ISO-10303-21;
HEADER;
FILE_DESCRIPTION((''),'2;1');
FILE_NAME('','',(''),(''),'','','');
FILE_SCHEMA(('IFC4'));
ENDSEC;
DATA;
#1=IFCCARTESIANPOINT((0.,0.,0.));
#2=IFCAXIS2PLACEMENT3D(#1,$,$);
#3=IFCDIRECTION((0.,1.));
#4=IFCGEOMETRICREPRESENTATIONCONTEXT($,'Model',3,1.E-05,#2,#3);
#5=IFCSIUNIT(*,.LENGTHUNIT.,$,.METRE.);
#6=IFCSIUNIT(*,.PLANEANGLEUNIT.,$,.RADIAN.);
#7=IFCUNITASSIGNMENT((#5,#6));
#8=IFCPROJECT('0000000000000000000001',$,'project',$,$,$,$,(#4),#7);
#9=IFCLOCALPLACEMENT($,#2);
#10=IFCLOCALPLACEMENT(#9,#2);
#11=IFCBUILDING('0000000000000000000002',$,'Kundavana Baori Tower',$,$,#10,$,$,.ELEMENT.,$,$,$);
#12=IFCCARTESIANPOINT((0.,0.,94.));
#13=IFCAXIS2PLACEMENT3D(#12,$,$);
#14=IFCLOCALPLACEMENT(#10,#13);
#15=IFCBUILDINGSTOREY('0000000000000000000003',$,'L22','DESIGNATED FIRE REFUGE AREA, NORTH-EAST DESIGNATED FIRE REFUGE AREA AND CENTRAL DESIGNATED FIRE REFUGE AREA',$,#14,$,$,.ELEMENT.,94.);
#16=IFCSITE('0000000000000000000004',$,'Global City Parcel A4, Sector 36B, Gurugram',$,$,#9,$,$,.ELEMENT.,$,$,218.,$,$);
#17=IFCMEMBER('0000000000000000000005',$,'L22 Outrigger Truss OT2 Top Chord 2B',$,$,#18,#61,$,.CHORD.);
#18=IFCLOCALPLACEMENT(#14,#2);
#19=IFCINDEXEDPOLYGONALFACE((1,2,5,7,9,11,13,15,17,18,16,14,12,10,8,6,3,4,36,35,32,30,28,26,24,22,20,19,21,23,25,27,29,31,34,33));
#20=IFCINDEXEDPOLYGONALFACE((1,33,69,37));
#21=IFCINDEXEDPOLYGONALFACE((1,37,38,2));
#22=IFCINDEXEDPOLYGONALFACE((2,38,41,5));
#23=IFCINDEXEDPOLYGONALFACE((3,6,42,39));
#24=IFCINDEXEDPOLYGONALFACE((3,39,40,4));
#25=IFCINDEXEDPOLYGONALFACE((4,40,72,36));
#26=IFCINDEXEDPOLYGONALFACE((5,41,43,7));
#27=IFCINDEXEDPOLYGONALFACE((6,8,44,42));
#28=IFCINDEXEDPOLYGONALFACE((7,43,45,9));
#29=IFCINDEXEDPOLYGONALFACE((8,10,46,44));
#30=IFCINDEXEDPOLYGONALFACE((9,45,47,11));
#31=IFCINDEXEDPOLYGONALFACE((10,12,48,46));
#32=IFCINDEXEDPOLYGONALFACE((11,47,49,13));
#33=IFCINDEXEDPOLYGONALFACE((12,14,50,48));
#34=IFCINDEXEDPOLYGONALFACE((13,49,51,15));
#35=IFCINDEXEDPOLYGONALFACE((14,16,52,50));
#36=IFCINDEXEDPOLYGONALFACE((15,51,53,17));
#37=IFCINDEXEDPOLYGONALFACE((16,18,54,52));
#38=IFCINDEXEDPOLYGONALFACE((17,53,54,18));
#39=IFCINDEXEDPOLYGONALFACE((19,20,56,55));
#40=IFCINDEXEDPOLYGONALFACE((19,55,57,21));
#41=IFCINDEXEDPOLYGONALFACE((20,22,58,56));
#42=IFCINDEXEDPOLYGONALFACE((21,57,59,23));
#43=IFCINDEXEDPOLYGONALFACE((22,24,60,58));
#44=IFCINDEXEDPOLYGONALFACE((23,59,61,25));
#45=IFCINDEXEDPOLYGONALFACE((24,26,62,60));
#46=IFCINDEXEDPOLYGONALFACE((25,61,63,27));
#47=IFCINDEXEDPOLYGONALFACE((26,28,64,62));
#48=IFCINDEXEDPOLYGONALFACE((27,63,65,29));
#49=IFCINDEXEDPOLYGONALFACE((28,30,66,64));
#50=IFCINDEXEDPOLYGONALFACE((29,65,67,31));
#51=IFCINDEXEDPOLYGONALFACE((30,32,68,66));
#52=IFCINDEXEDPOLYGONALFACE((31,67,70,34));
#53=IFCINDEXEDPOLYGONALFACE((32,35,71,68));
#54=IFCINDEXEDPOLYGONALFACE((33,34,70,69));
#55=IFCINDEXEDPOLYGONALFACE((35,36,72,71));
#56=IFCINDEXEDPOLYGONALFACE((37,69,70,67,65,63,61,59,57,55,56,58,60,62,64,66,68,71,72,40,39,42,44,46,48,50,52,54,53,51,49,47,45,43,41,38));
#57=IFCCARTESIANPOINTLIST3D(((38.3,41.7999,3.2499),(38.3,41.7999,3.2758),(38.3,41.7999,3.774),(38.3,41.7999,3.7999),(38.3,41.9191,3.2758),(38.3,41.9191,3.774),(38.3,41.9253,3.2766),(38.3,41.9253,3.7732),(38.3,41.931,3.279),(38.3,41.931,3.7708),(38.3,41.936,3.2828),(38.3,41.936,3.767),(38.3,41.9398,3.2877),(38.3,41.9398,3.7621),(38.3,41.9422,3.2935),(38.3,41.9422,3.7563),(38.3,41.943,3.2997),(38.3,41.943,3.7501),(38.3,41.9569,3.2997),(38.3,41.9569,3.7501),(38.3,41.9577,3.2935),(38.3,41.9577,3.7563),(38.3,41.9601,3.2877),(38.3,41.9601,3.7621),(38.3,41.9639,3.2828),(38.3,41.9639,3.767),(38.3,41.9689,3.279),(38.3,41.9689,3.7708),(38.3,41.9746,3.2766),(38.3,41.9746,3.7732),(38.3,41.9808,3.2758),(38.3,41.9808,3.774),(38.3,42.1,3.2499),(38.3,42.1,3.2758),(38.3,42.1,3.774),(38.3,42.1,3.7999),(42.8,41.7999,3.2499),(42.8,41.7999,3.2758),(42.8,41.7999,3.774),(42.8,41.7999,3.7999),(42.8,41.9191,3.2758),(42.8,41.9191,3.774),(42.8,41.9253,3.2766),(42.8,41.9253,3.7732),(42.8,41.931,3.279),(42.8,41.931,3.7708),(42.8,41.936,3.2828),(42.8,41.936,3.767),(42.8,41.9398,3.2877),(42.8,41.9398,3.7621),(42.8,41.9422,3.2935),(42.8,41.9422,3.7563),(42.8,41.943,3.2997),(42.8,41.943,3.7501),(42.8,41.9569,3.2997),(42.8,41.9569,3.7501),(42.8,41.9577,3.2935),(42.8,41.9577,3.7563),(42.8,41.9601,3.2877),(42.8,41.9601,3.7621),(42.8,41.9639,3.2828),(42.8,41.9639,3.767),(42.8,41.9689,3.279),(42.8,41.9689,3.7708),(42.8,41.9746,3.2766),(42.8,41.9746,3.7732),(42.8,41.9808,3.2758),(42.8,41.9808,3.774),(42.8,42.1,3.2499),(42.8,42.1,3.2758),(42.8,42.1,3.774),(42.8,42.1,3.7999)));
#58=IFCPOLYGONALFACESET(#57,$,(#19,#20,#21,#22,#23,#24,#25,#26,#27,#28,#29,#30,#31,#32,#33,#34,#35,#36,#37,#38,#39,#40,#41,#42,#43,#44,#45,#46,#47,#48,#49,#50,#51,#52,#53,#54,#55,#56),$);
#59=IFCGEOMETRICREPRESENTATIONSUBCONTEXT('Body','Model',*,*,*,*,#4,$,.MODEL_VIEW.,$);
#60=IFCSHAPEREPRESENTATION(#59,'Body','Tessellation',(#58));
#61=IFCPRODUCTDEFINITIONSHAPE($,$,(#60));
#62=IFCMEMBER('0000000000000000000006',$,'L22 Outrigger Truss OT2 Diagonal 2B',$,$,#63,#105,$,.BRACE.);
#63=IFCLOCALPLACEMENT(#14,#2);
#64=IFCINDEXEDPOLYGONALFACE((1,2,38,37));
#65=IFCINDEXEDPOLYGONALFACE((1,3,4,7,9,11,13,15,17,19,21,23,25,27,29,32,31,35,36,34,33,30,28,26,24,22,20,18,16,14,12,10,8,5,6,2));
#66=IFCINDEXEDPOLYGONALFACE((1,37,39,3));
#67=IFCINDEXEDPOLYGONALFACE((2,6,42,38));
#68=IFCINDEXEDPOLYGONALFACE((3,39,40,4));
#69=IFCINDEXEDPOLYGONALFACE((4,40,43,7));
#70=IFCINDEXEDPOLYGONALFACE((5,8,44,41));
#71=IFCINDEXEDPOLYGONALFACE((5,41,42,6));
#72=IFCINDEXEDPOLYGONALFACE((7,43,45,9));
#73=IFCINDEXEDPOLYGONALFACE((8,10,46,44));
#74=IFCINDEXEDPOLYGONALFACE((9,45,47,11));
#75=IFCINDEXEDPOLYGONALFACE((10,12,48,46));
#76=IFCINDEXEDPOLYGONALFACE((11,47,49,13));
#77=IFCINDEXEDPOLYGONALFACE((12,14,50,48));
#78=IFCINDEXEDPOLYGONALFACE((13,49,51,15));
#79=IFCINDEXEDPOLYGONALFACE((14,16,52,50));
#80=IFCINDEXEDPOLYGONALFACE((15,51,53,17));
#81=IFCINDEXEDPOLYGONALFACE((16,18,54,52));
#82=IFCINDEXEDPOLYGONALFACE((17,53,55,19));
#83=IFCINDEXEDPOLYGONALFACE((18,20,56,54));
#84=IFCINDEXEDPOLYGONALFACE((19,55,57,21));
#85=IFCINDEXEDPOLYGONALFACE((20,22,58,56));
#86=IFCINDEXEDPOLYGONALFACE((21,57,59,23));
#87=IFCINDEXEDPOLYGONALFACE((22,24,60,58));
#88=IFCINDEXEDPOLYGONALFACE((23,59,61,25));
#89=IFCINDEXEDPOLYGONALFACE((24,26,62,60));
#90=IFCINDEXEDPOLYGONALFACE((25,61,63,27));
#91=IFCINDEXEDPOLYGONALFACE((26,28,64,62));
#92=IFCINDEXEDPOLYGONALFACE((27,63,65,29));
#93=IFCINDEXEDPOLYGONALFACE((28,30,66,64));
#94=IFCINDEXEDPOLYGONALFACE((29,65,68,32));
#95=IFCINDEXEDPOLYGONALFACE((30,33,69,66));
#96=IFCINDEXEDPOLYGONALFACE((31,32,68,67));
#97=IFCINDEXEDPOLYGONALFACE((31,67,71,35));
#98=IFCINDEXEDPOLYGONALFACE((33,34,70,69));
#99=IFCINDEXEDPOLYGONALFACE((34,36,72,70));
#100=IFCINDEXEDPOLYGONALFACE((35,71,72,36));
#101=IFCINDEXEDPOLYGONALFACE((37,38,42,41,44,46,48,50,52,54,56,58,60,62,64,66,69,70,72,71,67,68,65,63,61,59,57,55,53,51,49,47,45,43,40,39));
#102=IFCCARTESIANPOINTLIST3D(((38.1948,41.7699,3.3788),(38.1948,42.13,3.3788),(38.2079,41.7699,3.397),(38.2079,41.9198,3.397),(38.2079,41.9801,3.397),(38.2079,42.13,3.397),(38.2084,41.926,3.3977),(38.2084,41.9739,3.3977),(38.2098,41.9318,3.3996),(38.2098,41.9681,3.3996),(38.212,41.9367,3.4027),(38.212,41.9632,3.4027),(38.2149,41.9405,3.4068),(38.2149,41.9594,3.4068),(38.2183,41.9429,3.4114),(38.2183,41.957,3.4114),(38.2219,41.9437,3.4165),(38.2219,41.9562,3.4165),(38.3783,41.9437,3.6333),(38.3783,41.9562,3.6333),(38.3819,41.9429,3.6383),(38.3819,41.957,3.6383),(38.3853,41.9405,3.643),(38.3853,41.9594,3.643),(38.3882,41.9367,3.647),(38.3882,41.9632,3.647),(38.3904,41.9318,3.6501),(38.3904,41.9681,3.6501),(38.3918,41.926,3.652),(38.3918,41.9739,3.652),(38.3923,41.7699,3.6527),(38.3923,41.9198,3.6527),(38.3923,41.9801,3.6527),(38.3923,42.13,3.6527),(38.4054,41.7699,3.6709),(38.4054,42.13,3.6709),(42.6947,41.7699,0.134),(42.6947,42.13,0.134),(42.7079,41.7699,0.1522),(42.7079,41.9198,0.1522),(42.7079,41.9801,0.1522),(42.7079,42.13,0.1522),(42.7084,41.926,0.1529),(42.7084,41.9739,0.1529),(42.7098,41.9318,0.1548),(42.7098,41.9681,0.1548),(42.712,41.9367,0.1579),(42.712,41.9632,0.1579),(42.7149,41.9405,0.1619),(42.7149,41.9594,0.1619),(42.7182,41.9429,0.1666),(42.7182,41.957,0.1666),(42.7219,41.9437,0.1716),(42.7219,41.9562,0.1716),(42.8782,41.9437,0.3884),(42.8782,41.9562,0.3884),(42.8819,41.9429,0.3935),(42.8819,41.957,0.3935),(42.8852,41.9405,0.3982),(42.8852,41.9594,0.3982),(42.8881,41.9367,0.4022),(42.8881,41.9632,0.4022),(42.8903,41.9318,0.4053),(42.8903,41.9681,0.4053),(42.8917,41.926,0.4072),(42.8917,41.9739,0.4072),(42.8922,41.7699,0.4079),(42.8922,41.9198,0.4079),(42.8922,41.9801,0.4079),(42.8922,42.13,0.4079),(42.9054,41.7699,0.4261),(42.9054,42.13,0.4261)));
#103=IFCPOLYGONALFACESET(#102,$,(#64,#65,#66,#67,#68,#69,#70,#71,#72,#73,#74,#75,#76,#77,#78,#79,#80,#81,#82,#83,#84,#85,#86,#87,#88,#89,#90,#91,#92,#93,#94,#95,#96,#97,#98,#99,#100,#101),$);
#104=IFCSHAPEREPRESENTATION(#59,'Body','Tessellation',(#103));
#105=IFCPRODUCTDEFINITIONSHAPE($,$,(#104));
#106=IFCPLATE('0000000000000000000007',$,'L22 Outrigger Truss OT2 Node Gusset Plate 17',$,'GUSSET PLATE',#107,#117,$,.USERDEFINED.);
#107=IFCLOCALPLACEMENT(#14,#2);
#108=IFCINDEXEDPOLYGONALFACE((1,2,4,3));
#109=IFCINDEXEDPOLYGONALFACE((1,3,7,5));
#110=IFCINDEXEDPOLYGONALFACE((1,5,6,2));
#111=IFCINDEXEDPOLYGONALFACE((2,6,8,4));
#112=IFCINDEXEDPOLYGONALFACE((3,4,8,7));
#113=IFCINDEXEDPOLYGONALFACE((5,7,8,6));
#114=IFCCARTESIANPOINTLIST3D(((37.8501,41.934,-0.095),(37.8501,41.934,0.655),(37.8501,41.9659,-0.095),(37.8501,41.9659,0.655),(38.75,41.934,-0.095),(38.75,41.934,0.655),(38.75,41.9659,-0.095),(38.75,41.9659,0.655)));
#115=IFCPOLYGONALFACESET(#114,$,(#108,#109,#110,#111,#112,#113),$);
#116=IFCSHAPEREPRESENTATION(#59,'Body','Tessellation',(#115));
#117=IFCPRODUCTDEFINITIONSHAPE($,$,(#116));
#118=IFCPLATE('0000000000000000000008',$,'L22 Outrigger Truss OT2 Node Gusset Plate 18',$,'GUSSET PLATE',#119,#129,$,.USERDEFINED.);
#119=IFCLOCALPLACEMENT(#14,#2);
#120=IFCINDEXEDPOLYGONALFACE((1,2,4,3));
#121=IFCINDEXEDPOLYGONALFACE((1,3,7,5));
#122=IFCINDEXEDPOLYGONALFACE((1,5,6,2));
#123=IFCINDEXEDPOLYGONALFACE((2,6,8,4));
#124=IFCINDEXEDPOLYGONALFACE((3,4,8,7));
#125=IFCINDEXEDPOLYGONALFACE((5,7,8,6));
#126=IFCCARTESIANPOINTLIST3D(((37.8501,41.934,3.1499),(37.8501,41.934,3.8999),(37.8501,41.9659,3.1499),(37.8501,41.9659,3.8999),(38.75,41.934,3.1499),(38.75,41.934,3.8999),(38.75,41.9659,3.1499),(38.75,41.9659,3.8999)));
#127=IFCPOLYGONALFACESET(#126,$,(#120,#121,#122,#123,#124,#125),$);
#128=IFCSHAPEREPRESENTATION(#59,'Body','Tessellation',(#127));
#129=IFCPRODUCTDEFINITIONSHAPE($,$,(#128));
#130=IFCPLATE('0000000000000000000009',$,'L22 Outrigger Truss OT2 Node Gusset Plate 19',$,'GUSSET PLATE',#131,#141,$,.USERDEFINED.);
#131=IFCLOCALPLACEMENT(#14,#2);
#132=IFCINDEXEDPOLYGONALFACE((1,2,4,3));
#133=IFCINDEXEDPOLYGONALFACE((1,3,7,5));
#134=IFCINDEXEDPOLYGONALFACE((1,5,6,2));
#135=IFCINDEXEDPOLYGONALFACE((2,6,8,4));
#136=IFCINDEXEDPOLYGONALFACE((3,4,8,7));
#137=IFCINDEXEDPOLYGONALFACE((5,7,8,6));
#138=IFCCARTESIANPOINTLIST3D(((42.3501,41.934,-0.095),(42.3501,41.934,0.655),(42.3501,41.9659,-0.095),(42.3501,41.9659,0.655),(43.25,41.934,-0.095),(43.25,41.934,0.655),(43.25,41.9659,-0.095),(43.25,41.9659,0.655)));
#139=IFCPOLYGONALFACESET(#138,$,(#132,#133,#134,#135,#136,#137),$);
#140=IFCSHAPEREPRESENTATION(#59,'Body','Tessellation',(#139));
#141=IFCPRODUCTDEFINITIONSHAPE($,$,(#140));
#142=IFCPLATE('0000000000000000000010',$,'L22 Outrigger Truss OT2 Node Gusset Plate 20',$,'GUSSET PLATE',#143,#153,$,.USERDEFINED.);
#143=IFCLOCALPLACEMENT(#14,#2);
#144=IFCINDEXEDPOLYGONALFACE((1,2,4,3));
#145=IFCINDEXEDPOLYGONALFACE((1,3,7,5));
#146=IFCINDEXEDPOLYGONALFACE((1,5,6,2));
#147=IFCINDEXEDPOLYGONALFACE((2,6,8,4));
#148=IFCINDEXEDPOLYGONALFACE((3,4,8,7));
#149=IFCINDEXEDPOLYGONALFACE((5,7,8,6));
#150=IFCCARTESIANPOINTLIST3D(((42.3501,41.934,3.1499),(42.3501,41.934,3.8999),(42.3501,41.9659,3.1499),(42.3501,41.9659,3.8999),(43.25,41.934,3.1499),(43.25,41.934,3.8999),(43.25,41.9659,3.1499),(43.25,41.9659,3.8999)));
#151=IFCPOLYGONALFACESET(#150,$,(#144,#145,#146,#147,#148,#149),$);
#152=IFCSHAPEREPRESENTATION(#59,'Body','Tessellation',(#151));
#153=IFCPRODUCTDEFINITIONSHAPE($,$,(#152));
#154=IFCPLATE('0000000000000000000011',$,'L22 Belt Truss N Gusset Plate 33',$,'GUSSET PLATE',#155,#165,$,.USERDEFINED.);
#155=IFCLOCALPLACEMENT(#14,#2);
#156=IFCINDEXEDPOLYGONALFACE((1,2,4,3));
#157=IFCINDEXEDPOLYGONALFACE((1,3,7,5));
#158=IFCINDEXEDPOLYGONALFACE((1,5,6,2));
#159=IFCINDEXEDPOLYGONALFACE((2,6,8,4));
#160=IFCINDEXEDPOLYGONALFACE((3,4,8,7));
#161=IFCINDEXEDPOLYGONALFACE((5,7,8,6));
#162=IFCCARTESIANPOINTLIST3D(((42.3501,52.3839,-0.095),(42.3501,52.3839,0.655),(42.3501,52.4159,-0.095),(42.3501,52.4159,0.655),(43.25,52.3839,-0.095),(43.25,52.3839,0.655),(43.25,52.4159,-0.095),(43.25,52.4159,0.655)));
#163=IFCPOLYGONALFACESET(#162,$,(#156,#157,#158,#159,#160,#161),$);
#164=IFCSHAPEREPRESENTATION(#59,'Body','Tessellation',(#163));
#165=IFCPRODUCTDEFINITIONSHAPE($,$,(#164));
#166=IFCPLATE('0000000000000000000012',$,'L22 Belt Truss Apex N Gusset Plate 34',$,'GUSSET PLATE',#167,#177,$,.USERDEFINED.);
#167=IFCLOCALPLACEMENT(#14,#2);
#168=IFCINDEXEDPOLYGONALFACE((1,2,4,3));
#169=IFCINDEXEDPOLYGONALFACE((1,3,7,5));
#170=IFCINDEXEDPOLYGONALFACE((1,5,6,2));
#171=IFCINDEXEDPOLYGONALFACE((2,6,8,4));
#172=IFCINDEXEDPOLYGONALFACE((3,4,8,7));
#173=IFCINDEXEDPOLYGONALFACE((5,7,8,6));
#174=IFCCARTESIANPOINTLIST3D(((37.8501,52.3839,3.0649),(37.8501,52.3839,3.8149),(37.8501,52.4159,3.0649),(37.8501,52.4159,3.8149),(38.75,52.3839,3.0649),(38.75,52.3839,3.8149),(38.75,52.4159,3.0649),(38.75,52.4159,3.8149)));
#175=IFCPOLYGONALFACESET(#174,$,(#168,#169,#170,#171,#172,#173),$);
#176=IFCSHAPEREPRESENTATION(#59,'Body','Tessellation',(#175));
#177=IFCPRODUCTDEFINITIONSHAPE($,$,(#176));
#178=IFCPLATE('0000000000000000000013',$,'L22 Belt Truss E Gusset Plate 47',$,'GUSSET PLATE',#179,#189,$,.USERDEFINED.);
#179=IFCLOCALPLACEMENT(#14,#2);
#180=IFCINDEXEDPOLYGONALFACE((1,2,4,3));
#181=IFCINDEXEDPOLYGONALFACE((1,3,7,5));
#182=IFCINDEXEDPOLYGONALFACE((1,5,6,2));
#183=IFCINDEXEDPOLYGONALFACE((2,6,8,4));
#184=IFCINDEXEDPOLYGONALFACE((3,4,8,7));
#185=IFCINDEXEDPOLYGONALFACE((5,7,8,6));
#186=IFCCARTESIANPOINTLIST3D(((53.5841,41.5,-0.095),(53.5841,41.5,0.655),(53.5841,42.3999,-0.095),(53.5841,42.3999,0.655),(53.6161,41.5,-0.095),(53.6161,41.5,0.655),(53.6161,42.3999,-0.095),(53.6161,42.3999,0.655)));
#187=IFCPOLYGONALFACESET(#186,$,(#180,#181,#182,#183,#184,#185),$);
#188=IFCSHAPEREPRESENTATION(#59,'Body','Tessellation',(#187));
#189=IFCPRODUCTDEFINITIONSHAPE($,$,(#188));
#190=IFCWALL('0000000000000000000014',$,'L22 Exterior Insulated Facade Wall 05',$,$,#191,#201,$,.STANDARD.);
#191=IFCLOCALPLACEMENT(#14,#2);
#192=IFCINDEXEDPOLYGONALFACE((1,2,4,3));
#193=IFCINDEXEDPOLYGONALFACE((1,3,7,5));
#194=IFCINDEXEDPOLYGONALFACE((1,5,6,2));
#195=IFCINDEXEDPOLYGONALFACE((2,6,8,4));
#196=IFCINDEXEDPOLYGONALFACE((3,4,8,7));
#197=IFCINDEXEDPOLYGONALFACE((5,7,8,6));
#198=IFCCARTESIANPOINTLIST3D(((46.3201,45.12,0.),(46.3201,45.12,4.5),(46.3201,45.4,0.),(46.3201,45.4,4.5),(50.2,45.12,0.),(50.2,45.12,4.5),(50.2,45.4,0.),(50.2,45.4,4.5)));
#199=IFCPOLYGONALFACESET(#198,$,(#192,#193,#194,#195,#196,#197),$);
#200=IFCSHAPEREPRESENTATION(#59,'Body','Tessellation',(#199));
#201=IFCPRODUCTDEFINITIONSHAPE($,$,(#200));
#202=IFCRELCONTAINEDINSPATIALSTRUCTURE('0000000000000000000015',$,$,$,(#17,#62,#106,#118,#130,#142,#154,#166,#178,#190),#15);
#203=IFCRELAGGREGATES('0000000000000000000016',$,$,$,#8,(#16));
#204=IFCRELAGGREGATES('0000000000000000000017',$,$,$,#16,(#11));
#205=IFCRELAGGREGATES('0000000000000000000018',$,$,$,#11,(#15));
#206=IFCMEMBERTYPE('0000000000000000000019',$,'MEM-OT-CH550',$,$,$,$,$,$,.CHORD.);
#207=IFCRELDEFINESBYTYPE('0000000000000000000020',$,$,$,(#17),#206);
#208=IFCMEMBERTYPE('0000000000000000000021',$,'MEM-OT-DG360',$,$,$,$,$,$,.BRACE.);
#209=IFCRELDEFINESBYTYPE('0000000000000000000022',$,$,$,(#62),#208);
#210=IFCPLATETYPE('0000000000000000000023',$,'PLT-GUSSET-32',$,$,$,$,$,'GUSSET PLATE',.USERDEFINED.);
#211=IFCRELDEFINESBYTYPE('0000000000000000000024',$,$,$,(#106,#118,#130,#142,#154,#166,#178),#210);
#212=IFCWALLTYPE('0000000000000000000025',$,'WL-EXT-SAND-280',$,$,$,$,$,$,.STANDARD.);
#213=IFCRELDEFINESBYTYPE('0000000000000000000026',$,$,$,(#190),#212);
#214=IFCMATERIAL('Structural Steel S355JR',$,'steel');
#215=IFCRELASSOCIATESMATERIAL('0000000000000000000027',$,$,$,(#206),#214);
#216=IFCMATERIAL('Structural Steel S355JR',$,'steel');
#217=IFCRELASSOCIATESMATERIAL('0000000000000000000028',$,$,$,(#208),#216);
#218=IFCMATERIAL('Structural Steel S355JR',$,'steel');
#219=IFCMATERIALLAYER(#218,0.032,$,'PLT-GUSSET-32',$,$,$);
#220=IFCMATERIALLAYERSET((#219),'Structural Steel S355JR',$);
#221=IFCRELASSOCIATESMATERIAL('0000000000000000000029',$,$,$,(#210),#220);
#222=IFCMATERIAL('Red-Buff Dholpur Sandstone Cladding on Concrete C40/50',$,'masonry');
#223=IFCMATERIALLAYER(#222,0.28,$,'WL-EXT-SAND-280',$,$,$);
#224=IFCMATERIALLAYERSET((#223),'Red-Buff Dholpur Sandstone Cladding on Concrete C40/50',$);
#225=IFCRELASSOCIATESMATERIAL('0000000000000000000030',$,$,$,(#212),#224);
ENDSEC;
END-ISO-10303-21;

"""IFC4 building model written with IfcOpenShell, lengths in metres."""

from ifc_helpers import new_model, si_unit, direction, frame, frame_2d, origin, origin_2d, place, context, subcontext, project, spatial, rectangle, i_section, extrude, material, layer, layer_set, material_profile, profile_set, type_object, element, save


model = new_model("IFC4")

# Units and contexts
model_context = context("Model", 3, precision=1e-05, world=origin(), true_north=direction((0.0, 1.0)))
body_context = subcontext(model_context, "Body", "Model", "MODEL_VIEW")
ifc_project = project(units=[si_unit("LENGTHUNIT", "METRE"), si_unit("PLANEANGLEUNIT", "RADIAN")], contexts=[model_context])

# Site, building, storey
site_placement = place(None, origin())
site = spatial("IfcSite", under=ifc_project, at=site_placement, Name="Global City Parcel A4, Sector 36B, Gurugram", CompositionType="ELEMENT", RefElevation=218.0)
building_placement = place(site_placement, origin())
building = spatial("IfcBuilding", under=site, at=building_placement, Name="Kundavana Baori Tower", CompositionType="ELEMENT")
storey_placement = place(building_placement, frame((0.0, 0.0, 94.0)))
storey = spatial("IfcBuildingStorey", under=building, at=storey_placement, Name="L22", Description="DESIGNATED FIRE REFUGE AREA, NORTH-EAST DESIGNATED FIRE REFUGE AREA AND CENTRAL DESIGNATED FIRE REFUGE AREA", CompositionType="ELEMENT", Elevation=94.0)

# Members
ifc_material_1 = material(Name="Structural Steel S355JR", Category="steel")
ifc_material_profile_1 = material_profile(ifc_material_1, i_section(OverallWidth=0.3, OverallDepth=0.55, WebThickness=0.0139, FlangeThickness=0.0259, FilletRadius=0.0239, at=origin_2d()), Name="WPB 550x300x166")
ifc_profile_set_1 = profile_set([ifc_material_profile_1], Name="Structural Steel S355JR")
member_type_1 = type_object("IfcMemberType", Name="MEM-OT-CH550", PredefinedType="CHORD", material=ifc_profile_set_1)
member_1_placement = place(storey_placement, frame((38.3, 41.95, 3.5249), z_axis=(1.0, 0.0, 0.0), x_axis=(0.0, 1.0, 0.0)))
element("IfcMember", 1, at=member_1_placement, inside=storey, type_object=member_type_1, Name="L22 Outrigger Truss OT2 Top Chord 2B", PredefinedType="CHORD", context=body_context, shape_type="SweptSolid", body=[
    extrude(i_section(OverallWidth=0.3, OverallDepth=0.55, WebThickness=0.0139, FlangeThickness=0.0259, FilletRadius=0.0239, at=origin_2d()), origin(), (0.0, 0.0, 1.0), 4.5),
])
ifc_material_2 = material(Name="Structural Steel S355JR", Category="steel")
ifc_material_profile_2 = material_profile(ifc_material_2, i_section(OverallWidth=0.3601, OverallDepth=0.3601, WebThickness=0.0125, FlangeThickness=0.0225, FilletRadius=0.0239, at=origin_2d()), Name="WPB 360x360x142")
ifc_profile_set_2 = profile_set([ifc_material_profile_2], Name="Structural Steel S355JR")
member_type_2 = type_object("IfcMemberType", Name="MEM-OT-DG360", PredefinedType="BRACE", material=ifc_profile_set_2)
member_2_placement = place(storey_placement, frame((42.8, 41.95, 0.28), z_axis=(-0.811118, 0.0, 0.584883), x_axis=(0.0, -1.0, 0.0)))
element("IfcMember", 2, at=member_2_placement, inside=storey, type_object=member_type_2, Name="L22 Outrigger Truss OT2 Diagonal 2B", PredefinedType="BRACE", context=body_context, shape_type="SweptSolid", body=[
    extrude(i_section(OverallWidth=0.3601, OverallDepth=0.3601, WebThickness=0.0125, FlangeThickness=0.0225, FilletRadius=0.0239, at=origin_2d()), origin(), (0.0, 0.0, 1.0), 5.5479),
])

# Plates
ifc_material_3 = material(Name="Structural Steel S355JR", Category="steel")
ifc_layer_1 = layer(ifc_material_3, 0.032, Name="PLT-GUSSET-32")
ifc_layer_set_1 = layer_set([ifc_layer_1], Name="Structural Steel S355JR")
plate_type = type_object("IfcPlateType", Name="PLT-GUSSET-32", ElementType="GUSSET PLATE", PredefinedType="USERDEFINED", material=ifc_layer_set_1)
for number, where, z_axis, x_axis, name in (
    (3, (38.3, 41.95, -0.095), (0.0, 0.0, 1.0), (1.0, 0.0, 0.0), "L22 Outrigger Truss OT2 Node Gusset Plate 17"),
    (4, (38.3, 41.95, 3.1499), (0.0, 0.0, 1.0), (1.0, 0.0, 0.0), "L22 Outrigger Truss OT2 Node Gusset Plate 18"),
    (5, (42.8, 41.95, -0.095), (0.0, 0.0, 1.0), (1.0, 0.0, 0.0), "L22 Outrigger Truss OT2 Node Gusset Plate 19"),
    (6, (42.8, 41.95, 3.1499), (0.0, 0.0, 1.0), (1.0, 0.0, 0.0), "L22 Outrigger Truss OT2 Node Gusset Plate 20"),
    (7, (42.8, 52.3999, -0.095), (0.0, 0.0, 1.0), (1.0, 0.0, 0.0), "L22 Belt Truss N Gusset Plate 33"),
    (8, (38.3, 52.3999, 3.0649), (0.0, 0.0, 1.0), (1.0, 0.0, 0.0), "L22 Belt Truss Apex N Gusset Plate 34"),
):
    element("IfcPlate", number, at=place(storey_placement, frame(where, z_axis=z_axis, x_axis=x_axis)), inside=storey, type_object=plate_type, Name=name, ObjectType="GUSSET PLATE", PredefinedType="USERDEFINED", context=body_context, shape_type="SweptSolid", body=[
        extrude(rectangle(XDim=0.8999, YDim=0.032, at=origin_2d()), origin(), (0.0, 0.0, 1.0), 0.75),
    ])
plate_placement = place(storey_placement, frame((53.6001, 41.95, -0.095), z_axis=(0.0, 0.0, 1.0), x_axis=(1.0, 0.0, 0.0)))
element("IfcPlate", 9, at=plate_placement, inside=storey, type_object=plate_type, Name="L22 Belt Truss E Gusset Plate 47", ObjectType="GUSSET PLATE", PredefinedType="USERDEFINED", context=body_context, shape_type="SweptSolid", body=[
    extrude(rectangle(XDim=0.032, YDim=0.8999, at=origin_2d()), origin(), (0.0, 0.0, 1.0), 0.75),
])

# Wall
ifc_material_4 = material(Name="Red-Buff Dholpur Sandstone Cladding on Concrete C40/50", Category="masonry")
ifc_layer_2 = layer(ifc_material_4, 0.28, Name="WL-EXT-SAND-280")
ifc_layer_set_2 = layer_set([ifc_layer_2], Name="Red-Buff Dholpur Sandstone Cladding on Concrete C40/50")
wall_type = type_object("IfcWallType", Name="WL-EXT-SAND-280", PredefinedType="STANDARD", material=ifc_layer_set_2)
wall_1_placement = place(storey_placement, frame((50.2, 45.26, 0.0), z_axis=(0.0, 0.0, 1.0), x_axis=(-1.0, 0.0, 0.0)))
element("IfcWall", 10, at=wall_1_placement, inside=storey, type_object=wall_type, Name="L22 Exterior Insulated Facade Wall 05", PredefinedType="STANDARD", context=body_context, shape_type="SweptSolid", body=[
    extrude(rectangle(XDim=3.8799, YDim=0.28, at=frame_2d((1.9399, 0.0))), origin(), (0.0, 0.0, 1.0), 4.5),
])

save(model, "model.ifc")
